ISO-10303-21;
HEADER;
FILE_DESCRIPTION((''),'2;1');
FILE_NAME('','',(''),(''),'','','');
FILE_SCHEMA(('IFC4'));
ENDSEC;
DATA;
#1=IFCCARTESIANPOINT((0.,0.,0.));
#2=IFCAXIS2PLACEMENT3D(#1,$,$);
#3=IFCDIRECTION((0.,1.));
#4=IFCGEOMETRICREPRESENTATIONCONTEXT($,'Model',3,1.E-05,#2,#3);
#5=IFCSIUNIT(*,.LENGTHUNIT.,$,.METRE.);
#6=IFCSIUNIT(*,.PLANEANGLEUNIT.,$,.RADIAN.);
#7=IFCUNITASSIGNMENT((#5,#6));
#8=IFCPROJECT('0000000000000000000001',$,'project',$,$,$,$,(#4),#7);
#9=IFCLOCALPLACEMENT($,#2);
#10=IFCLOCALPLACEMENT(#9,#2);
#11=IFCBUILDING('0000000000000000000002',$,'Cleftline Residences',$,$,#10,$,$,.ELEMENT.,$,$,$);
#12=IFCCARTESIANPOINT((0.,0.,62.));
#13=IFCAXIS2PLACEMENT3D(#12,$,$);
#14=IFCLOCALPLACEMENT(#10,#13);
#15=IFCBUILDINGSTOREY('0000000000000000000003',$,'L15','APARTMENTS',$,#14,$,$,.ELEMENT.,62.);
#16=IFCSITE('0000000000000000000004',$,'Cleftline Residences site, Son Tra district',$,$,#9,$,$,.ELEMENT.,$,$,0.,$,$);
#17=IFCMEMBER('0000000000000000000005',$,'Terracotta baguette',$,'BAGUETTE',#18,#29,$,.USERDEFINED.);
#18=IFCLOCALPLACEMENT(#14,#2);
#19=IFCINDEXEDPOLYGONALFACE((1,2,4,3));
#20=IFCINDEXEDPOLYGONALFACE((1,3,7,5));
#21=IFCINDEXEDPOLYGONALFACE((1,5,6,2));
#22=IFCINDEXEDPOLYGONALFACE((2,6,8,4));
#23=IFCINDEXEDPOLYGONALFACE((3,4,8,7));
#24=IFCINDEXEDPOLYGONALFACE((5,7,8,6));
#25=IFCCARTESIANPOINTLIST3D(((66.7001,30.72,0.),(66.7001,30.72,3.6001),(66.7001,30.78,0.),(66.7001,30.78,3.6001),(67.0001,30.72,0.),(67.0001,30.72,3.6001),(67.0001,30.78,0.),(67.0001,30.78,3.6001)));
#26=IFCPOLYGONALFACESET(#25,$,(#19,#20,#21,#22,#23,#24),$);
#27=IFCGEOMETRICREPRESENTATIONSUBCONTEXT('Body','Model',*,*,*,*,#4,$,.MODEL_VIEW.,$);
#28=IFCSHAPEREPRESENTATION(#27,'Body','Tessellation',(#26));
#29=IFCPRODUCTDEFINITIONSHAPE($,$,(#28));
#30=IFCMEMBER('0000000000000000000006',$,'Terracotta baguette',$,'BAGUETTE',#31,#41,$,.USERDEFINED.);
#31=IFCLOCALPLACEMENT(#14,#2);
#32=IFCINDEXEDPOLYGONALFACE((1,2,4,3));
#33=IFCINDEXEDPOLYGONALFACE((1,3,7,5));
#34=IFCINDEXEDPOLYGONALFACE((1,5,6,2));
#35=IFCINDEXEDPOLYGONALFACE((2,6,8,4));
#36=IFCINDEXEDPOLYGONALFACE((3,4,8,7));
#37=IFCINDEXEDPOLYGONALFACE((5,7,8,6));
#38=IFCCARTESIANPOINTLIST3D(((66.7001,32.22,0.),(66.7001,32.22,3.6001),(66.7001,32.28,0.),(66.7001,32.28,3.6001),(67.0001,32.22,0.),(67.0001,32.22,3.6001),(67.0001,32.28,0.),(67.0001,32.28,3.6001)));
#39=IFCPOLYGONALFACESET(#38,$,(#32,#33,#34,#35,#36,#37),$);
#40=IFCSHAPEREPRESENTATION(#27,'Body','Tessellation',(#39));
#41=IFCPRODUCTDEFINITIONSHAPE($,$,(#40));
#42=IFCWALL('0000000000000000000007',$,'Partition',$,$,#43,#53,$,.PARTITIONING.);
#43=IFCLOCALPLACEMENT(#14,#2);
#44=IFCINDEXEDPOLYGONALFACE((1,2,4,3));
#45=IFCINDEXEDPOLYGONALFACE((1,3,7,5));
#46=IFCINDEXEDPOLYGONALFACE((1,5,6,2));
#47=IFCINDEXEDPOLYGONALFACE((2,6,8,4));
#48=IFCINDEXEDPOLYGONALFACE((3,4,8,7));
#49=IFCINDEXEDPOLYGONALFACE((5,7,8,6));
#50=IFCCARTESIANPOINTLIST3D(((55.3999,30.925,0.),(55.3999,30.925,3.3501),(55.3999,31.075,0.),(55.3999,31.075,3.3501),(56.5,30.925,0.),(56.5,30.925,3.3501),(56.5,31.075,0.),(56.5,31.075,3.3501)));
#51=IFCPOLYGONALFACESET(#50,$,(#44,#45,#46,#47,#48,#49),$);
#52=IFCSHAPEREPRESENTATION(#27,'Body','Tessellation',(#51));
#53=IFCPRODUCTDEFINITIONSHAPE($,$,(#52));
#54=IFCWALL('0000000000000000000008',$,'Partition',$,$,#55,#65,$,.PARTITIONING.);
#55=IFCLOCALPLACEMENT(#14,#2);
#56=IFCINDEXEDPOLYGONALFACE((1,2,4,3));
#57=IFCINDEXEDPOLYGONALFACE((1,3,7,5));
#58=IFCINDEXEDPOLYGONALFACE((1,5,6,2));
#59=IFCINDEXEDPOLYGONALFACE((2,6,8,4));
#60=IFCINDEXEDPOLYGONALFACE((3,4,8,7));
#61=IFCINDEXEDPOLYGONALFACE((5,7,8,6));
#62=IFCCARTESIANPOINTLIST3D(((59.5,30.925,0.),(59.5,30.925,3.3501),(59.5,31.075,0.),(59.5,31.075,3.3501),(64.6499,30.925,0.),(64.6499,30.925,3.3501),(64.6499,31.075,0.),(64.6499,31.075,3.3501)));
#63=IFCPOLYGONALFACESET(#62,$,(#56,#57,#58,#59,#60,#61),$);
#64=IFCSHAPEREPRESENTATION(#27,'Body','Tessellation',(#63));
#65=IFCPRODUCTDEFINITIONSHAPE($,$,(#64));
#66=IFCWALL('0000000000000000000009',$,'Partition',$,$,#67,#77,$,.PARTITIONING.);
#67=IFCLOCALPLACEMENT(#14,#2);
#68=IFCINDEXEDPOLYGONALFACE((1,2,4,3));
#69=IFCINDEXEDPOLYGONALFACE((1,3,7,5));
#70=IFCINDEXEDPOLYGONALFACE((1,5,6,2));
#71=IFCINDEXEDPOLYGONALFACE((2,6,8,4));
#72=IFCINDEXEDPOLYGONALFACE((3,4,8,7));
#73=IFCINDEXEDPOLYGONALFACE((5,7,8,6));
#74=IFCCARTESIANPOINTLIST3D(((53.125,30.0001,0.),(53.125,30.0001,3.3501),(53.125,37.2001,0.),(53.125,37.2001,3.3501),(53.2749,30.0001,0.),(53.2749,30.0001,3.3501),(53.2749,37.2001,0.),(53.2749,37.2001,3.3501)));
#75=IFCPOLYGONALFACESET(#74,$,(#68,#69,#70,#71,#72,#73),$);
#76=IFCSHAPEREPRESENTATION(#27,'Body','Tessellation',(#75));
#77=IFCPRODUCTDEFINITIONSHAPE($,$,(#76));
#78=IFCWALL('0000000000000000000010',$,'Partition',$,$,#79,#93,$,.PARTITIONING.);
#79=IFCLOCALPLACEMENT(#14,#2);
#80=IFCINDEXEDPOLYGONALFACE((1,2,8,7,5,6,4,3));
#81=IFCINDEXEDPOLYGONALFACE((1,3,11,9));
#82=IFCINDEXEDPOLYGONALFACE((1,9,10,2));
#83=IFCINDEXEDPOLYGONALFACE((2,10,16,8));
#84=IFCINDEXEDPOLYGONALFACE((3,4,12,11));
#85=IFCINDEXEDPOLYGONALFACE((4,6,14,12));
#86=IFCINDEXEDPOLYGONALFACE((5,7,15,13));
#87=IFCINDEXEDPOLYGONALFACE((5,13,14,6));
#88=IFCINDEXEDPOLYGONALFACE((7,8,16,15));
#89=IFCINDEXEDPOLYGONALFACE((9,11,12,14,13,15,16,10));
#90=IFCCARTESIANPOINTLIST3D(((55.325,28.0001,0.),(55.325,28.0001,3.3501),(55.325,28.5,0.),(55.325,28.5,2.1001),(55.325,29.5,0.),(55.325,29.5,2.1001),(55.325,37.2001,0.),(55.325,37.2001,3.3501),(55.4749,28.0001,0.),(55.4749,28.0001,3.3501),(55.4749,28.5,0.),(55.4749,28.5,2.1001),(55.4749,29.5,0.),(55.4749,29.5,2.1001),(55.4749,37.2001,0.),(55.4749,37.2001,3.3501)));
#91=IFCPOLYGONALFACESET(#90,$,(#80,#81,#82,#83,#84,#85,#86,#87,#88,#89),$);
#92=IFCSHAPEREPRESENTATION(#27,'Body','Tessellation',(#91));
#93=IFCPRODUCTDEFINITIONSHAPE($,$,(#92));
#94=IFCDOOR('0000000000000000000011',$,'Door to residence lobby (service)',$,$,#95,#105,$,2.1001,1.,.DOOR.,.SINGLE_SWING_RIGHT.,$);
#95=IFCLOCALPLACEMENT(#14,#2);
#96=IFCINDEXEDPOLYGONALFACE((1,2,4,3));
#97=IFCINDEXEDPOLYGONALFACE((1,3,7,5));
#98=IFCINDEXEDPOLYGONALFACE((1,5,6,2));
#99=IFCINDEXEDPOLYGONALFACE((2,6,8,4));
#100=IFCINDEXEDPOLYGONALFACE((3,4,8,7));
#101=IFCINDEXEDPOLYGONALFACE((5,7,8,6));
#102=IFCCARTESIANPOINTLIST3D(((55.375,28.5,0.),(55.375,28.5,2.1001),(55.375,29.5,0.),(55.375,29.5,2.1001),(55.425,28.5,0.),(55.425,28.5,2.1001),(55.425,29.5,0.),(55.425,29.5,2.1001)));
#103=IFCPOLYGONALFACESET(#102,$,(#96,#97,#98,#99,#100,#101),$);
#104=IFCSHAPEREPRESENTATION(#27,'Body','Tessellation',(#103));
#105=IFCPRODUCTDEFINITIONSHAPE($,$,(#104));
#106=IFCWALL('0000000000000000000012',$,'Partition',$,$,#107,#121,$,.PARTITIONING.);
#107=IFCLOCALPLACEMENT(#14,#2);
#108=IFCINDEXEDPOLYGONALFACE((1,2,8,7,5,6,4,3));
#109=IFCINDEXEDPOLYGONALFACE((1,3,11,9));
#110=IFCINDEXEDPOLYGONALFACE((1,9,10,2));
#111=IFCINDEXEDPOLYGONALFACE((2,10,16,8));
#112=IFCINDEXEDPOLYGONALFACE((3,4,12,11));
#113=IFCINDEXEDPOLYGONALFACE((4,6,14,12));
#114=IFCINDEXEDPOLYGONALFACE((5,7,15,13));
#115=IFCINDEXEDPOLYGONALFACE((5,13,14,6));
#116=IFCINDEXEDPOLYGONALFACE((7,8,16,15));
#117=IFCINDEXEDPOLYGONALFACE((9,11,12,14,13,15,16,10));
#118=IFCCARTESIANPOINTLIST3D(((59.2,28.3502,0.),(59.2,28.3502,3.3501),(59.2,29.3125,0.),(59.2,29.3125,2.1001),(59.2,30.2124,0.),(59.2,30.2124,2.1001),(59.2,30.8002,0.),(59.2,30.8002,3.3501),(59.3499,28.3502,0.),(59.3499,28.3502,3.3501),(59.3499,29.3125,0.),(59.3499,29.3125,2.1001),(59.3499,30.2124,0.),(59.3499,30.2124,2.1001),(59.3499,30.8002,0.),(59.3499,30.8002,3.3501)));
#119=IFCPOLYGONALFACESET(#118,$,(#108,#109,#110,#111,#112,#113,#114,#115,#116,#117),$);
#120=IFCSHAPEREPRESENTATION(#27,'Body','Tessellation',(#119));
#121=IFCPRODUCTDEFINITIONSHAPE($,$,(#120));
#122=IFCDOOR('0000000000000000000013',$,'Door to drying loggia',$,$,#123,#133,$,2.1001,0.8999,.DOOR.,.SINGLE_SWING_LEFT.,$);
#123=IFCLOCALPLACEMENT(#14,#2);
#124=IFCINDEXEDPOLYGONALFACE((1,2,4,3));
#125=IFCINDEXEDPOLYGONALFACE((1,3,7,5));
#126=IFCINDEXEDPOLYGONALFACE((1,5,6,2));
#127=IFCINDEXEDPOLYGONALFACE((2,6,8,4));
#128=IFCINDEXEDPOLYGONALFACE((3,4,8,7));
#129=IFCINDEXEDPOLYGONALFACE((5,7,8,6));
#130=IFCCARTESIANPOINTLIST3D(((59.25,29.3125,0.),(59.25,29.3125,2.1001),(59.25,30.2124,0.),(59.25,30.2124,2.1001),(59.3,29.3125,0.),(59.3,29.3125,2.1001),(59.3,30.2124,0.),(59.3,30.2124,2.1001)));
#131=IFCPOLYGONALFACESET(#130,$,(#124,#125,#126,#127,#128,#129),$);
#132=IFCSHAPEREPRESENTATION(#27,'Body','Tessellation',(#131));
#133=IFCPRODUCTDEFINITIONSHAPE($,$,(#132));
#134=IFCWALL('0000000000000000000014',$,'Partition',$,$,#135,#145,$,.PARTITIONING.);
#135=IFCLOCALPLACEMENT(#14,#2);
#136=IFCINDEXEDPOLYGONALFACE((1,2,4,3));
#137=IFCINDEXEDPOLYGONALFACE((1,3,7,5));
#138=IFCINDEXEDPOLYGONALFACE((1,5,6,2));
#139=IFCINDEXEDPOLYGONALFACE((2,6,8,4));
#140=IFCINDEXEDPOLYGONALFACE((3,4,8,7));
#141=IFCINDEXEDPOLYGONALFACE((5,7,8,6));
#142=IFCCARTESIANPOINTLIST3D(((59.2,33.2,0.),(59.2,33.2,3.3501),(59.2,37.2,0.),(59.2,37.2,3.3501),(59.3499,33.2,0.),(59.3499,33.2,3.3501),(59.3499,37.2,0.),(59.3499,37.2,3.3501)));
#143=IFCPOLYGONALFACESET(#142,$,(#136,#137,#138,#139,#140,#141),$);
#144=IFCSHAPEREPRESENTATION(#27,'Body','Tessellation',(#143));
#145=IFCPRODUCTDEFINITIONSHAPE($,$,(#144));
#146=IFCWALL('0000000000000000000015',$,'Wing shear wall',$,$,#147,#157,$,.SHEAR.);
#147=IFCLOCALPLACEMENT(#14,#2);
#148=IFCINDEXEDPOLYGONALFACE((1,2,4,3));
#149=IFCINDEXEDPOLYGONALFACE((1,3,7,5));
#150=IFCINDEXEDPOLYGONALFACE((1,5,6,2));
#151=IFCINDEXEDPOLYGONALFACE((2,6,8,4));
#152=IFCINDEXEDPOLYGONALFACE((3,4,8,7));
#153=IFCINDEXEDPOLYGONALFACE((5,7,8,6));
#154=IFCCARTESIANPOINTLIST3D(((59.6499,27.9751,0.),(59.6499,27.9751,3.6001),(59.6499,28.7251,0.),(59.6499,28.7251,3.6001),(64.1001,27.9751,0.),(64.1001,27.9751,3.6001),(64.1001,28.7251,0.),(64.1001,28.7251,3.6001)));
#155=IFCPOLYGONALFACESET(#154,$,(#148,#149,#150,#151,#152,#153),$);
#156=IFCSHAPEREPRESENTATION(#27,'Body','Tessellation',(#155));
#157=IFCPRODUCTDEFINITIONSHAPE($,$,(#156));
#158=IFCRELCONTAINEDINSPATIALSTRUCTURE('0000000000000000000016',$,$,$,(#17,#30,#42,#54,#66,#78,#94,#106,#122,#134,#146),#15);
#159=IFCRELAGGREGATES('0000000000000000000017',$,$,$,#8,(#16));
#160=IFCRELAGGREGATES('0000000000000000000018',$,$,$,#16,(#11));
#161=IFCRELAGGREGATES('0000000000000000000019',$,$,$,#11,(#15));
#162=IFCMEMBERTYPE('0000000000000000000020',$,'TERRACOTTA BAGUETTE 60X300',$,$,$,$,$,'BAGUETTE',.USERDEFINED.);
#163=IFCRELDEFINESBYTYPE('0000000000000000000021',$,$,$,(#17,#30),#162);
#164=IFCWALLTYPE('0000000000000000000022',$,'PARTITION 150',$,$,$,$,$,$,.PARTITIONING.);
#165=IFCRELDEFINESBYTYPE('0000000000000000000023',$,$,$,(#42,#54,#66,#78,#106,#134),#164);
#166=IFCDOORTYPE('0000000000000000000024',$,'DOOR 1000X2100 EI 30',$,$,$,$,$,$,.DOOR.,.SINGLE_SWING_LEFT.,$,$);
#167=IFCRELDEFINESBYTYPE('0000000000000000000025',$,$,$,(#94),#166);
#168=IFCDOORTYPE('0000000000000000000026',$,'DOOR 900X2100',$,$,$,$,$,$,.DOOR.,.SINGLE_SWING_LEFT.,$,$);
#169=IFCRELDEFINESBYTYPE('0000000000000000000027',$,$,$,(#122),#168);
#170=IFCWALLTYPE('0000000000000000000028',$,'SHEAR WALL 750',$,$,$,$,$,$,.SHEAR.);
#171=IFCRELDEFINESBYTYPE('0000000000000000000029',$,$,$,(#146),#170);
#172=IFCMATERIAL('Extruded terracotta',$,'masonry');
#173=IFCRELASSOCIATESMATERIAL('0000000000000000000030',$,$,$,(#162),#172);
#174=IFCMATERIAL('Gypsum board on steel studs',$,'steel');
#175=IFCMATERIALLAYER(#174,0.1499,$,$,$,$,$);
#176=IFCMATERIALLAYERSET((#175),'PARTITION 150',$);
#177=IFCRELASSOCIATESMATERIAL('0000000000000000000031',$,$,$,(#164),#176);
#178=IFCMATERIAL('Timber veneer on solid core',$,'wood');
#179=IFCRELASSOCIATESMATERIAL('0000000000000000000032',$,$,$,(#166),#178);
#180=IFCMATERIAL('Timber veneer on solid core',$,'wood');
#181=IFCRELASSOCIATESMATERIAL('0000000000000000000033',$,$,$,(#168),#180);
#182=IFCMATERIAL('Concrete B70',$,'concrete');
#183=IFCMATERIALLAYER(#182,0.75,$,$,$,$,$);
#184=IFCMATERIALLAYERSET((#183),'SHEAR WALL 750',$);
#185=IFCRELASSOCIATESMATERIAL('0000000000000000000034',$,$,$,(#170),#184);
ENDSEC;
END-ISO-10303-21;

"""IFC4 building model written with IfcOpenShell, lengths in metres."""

from ifc_helpers import new_model, si_unit, direction, frame, frame_2d, origin, origin_2d, place, context, subcontext, project, spatial, rectangle, extrude, material, layer, layer_set, material_profile, profile_set, type_object, element, fill, save


model = new_model("IFC4")

# Units and contexts
model_context = context("Model", 3, precision=1e-05, world=origin(), true_north=direction((0.0, 1.0)))
body_context = subcontext(model_context, "Body", "Model", "MODEL_VIEW")
ifc_project = project(units=[si_unit("LENGTHUNIT", "METRE"), si_unit("PLANEANGLEUNIT", "RADIAN")], contexts=[model_context])

# Site, building, storey
site_placement = place(None, origin())
site = spatial("IfcSite", under=ifc_project, at=site_placement, Name="Cleftline Residences site, Son Tra district", CompositionType="ELEMENT", RefElevation=0.0)
building_placement = place(site_placement, origin())
building = spatial("IfcBuilding", under=site, at=building_placement, Name="Cleftline Residences", CompositionType="ELEMENT")
storey_placement = place(building_placement, frame((0.0, 0.0, 62.0)))
storey = spatial("IfcBuildingStorey", under=building, at=storey_placement, Name="L15", Description="APARTMENTS", CompositionType="ELEMENT", Elevation=62.0)

# Members
ifc_material_1 = material(Name="Extruded terracotta", Category="masonry")
ifc_material_profile_1 = material_profile(ifc_material_1, rectangle(XDim=0.0601, YDim=0.3, at=origin_2d()))
ifc_profile_set_1 = profile_set([ifc_material_profile_1], Name="Extruded terracotta")
member_type_1 = type_object("IfcMemberType", Name="TERRACOTTA BAGUETTE 60X300", ElementType="BAGUETTE", PredefinedType="USERDEFINED", material=ifc_profile_set_1)
for number, where, z_axis, x_axis, name in (
    (1, (66.8501, 30.75, 0.0), (0.0, 0.0, 1.0), (0.0, 1.0, 0.0), "Terracotta baguette"),
    (2, (66.8501, 32.25, 0.0), (0.0, 0.0, 1.0), (0.0, 1.0, 0.0), "Terracotta baguette"),
):
    element("IfcMember", number, at=place(storey_placement, frame(where, z_axis=z_axis, x_axis=x_axis)), inside=storey, type_object=member_type_1, Name=name, ObjectType="BAGUETTE", PredefinedType="USERDEFINED", context=body_context, shape_type="SweptSolid", body=[
        extrude(rectangle(XDim=0.0601, YDim=0.3, at=origin_2d()), origin(), (0.0, 0.0, 1.0), 3.6001),
    ])

# Walls
ifc_material_2 = material(Name="Gypsum board on steel studs", Category="steel")
ifc_layer_1 = layer(ifc_material_2, 0.1499)
ifc_layer_set_1 = layer_set([ifc_layer_1], Name="PARTITION 150")
wall_type_1 = type_object("IfcWallType", Name="PARTITION 150", PredefinedType="PARTITIONING", material=ifc_layer_set_1)
wall_1_placement = place(storey_placement, frame((55.3999, 31.0, 0.0), z_axis=(0.0, 0.0, 1.0), x_axis=(1.0, 0.0, 0.0)))
element("IfcWall", 3, at=wall_1_placement, inside=storey, type_object=wall_type_1, Name="Partition", PredefinedType="PARTITIONING", context=body_context, shape_type="SweptSolid", body=[
    extrude(rectangle(XDim=1.1001, YDim=0.1499, at=frame_2d((0.55, 0.0))), origin(), (0.0, 0.0, 1.0), 3.3501),
])
wall_2_placement = place(storey_placement, frame((59.5, 31.0, 0.0), z_axis=(0.0, 0.0, 1.0), x_axis=(1.0, 0.0, 0.0)))
element("IfcWall", 4, at=wall_2_placement, inside=storey, type_object=wall_type_1, Name="Partition", PredefinedType="PARTITIONING", context=body_context, shape_type="SweptSolid", body=[
    extrude(rectangle(XDim=5.1499, YDim=0.1499, at=frame_2d((2.575, 0.0))), origin(), (0.0, 0.0, 1.0), 3.3501),
])
wall_3_placement = place(storey_placement, frame((53.2, 30.0, 0.0), z_axis=(0.0, 0.0, 1.0), x_axis=(0.0, 1.0, 0.0)))
element("IfcWall", 5, at=wall_3_placement, inside=storey, type_object=wall_type_1, Name="Partition", PredefinedType="PARTITIONING", context=body_context, shape_type="SweptSolid", body=[
    extrude(rectangle(XDim=7.2, YDim=0.1499, at=frame_2d((3.6001, 0.0))), origin(), (0.0, 0.0, 1.0), 3.3501),
])

# Walls, openings, doors
wall_4_placement = place(storey_placement, frame((55.3999, 28.0, 0.0), z_axis=(0.0, 0.0, 1.0), x_axis=(0.0, 1.0, 0.0)))
wall_4 = element("IfcWall", 6, at=wall_4_placement, inside=storey, type_object=wall_type_1, Name="Partition", PredefinedType="PARTITIONING", context=body_context, shape_type="SweptSolid", body=[
    extrude(rectangle(XDim=9.2, YDim=0.1499, at=frame_2d((4.6001, 0.0))), origin(), (0.0, 0.0, 1.0), 3.3501),
])
opening_1_placement = place(wall_4_placement, frame((0.5, 0.0, 0.0)))
opening_1 = element("IfcOpeningElement", 7, at=opening_1_placement, cuts=wall_4, PredefinedType="OPENING", context=body_context, shape_type="SweptSolid", body=[
    extrude(rectangle(XDim=1.0, YDim=2.1001, at=frame_2d((0.5, 1.05))), frame((0.0, 0.085, 0.0), z_axis=(0.0, -1.0, 0.0), x_axis=(1.0, 0.0, 0.0)), (0.0, 0.0, 1.0), 0.1699),
])
ifc_material_3 = material(Name="Timber veneer on solid core", Category="wood")
door_type_1 = type_object("IfcDoorType", Name="DOOR 1000X2100 EI 30", OperationType="SINGLE_SWING_LEFT", PredefinedType="DOOR", material=ifc_material_3)
door_1_placement = place(opening_1_placement, origin())
door_1 = element("IfcDoor", 8, at=door_1_placement, inside=storey, type_object=door_type_1, Name="Door to residence lobby (service)", OperationType="SINGLE_SWING_RIGHT", OverallHeight=2.1001, OverallWidth=1.0, PredefinedType="DOOR", context=body_context, shape_type="SweptSolid", body=[
    extrude(rectangle(XDim=1.0, YDim=2.1001, at=frame_2d((0.5, 1.05))), frame((0.0, 0.0249, 0.0), z_axis=(0.0, -1.0, 0.0), x_axis=(1.0, 0.0, 0.0)), (0.0, 0.0, 1.0), 0.05),
])
fill(opening_1, door_1)
wall_5_placement = place(storey_placement, frame((59.2749, 28.3501, 0.0), z_axis=(0.0, 0.0, 1.0), x_axis=(0.0, 1.0, 0.0)))
wall_5 = element("IfcWall", 9, at=wall_5_placement, inside=storey, type_object=wall_type_1, Name="Partition", PredefinedType="PARTITIONING", context=body_context, shape_type="SweptSolid", body=[
    extrude(rectangle(XDim=2.45, YDim=0.1499, at=frame_2d((1.2251, 0.0))), origin(), (0.0, 0.0, 1.0), 3.3501),
])
opening_2_placement = place(wall_5_placement, frame((0.9624, 0.0, 0.0)))
opening_2 = element("IfcOpeningElement", 10, at=opening_2_placement, cuts=wall_5, PredefinedType="OPENING", context=body_context, shape_type="SweptSolid", body=[
    extrude(rectangle(XDim=0.8999, YDim=2.1001, at=frame_2d((0.45, 1.05))), frame((0.0, 0.085, 0.0), z_axis=(0.0, -1.0, 0.0), x_axis=(1.0, 0.0, 0.0)), (0.0, 0.0, 1.0), 0.1699),
])
ifc_material_4 = material(Name="Timber veneer on solid core", Category="wood")
door_type_2 = type_object("IfcDoorType", Name="DOOR 900X2100", OperationType="SINGLE_SWING_LEFT", PredefinedType="DOOR", material=ifc_material_4)
door_2_placement = place(opening_2_placement, origin())
door_2 = element("IfcDoor", 11, at=door_2_placement, inside=storey, type_object=door_type_2, Name="Door to drying loggia", OperationType="SINGLE_SWING_LEFT", OverallHeight=2.1001, OverallWidth=0.8999, PredefinedType="DOOR", context=body_context, shape_type="SweptSolid", body=[
    extrude(rectangle(XDim=0.8999, YDim=2.1001, at=frame_2d((0.45, 1.05))), frame((0.0, 0.0249, 0.0), z_axis=(0.0, -1.0, 0.0), x_axis=(1.0, 0.0, 0.0)), (0.0, 0.0, 1.0), 0.05),
])
fill(opening_2, door_2)

# Walls
wall_6_placement = place(storey_placement, frame((59.2749, 33.2, 0.0), z_axis=(0.0, 0.0, 1.0), x_axis=(0.0, 1.0, 0.0)))
element("IfcWall", 12, at=wall_6_placement, inside=storey, type_object=wall_type_1, Name="Partition", PredefinedType="PARTITIONING", context=body_context, shape_type="SweptSolid", body=[
    extrude(rectangle(XDim=4.0, YDim=0.1499, at=frame_2d((2.0, 0.0))), origin(), (0.0, 0.0, 1.0), 3.3501),
])
ifc_material_5 = material(Name="Concrete B70", Category="concrete")
ifc_layer_2 = layer(ifc_material_5, 0.75)
ifc_layer_set_2 = layer_set([ifc_layer_2], Name="SHEAR WALL 750")
wall_type_2 = type_object("IfcWallType", Name="SHEAR WALL 750", PredefinedType="SHEAR", material=ifc_layer_set_2)
wall_7_placement = place(storey_placement, frame((64.1001, 28.3501, 0.0), z_axis=(0.0, 0.0, 1.0), x_axis=(-1.0, 0.0, 0.0)))
element("IfcWall", 13, at=wall_7_placement, inside=storey, type_object=wall_type_2, Name="Wing shear wall", PredefinedType="SHEAR", context=body_context, shape_type="SweptSolid", body=[
    extrude(rectangle(XDim=4.4502, YDim=0.75, at=frame_2d((2.2251, 0.0))), origin(), (0.0, 0.0, 1.0), 3.6001),
])

save(model, "model.ifc")
